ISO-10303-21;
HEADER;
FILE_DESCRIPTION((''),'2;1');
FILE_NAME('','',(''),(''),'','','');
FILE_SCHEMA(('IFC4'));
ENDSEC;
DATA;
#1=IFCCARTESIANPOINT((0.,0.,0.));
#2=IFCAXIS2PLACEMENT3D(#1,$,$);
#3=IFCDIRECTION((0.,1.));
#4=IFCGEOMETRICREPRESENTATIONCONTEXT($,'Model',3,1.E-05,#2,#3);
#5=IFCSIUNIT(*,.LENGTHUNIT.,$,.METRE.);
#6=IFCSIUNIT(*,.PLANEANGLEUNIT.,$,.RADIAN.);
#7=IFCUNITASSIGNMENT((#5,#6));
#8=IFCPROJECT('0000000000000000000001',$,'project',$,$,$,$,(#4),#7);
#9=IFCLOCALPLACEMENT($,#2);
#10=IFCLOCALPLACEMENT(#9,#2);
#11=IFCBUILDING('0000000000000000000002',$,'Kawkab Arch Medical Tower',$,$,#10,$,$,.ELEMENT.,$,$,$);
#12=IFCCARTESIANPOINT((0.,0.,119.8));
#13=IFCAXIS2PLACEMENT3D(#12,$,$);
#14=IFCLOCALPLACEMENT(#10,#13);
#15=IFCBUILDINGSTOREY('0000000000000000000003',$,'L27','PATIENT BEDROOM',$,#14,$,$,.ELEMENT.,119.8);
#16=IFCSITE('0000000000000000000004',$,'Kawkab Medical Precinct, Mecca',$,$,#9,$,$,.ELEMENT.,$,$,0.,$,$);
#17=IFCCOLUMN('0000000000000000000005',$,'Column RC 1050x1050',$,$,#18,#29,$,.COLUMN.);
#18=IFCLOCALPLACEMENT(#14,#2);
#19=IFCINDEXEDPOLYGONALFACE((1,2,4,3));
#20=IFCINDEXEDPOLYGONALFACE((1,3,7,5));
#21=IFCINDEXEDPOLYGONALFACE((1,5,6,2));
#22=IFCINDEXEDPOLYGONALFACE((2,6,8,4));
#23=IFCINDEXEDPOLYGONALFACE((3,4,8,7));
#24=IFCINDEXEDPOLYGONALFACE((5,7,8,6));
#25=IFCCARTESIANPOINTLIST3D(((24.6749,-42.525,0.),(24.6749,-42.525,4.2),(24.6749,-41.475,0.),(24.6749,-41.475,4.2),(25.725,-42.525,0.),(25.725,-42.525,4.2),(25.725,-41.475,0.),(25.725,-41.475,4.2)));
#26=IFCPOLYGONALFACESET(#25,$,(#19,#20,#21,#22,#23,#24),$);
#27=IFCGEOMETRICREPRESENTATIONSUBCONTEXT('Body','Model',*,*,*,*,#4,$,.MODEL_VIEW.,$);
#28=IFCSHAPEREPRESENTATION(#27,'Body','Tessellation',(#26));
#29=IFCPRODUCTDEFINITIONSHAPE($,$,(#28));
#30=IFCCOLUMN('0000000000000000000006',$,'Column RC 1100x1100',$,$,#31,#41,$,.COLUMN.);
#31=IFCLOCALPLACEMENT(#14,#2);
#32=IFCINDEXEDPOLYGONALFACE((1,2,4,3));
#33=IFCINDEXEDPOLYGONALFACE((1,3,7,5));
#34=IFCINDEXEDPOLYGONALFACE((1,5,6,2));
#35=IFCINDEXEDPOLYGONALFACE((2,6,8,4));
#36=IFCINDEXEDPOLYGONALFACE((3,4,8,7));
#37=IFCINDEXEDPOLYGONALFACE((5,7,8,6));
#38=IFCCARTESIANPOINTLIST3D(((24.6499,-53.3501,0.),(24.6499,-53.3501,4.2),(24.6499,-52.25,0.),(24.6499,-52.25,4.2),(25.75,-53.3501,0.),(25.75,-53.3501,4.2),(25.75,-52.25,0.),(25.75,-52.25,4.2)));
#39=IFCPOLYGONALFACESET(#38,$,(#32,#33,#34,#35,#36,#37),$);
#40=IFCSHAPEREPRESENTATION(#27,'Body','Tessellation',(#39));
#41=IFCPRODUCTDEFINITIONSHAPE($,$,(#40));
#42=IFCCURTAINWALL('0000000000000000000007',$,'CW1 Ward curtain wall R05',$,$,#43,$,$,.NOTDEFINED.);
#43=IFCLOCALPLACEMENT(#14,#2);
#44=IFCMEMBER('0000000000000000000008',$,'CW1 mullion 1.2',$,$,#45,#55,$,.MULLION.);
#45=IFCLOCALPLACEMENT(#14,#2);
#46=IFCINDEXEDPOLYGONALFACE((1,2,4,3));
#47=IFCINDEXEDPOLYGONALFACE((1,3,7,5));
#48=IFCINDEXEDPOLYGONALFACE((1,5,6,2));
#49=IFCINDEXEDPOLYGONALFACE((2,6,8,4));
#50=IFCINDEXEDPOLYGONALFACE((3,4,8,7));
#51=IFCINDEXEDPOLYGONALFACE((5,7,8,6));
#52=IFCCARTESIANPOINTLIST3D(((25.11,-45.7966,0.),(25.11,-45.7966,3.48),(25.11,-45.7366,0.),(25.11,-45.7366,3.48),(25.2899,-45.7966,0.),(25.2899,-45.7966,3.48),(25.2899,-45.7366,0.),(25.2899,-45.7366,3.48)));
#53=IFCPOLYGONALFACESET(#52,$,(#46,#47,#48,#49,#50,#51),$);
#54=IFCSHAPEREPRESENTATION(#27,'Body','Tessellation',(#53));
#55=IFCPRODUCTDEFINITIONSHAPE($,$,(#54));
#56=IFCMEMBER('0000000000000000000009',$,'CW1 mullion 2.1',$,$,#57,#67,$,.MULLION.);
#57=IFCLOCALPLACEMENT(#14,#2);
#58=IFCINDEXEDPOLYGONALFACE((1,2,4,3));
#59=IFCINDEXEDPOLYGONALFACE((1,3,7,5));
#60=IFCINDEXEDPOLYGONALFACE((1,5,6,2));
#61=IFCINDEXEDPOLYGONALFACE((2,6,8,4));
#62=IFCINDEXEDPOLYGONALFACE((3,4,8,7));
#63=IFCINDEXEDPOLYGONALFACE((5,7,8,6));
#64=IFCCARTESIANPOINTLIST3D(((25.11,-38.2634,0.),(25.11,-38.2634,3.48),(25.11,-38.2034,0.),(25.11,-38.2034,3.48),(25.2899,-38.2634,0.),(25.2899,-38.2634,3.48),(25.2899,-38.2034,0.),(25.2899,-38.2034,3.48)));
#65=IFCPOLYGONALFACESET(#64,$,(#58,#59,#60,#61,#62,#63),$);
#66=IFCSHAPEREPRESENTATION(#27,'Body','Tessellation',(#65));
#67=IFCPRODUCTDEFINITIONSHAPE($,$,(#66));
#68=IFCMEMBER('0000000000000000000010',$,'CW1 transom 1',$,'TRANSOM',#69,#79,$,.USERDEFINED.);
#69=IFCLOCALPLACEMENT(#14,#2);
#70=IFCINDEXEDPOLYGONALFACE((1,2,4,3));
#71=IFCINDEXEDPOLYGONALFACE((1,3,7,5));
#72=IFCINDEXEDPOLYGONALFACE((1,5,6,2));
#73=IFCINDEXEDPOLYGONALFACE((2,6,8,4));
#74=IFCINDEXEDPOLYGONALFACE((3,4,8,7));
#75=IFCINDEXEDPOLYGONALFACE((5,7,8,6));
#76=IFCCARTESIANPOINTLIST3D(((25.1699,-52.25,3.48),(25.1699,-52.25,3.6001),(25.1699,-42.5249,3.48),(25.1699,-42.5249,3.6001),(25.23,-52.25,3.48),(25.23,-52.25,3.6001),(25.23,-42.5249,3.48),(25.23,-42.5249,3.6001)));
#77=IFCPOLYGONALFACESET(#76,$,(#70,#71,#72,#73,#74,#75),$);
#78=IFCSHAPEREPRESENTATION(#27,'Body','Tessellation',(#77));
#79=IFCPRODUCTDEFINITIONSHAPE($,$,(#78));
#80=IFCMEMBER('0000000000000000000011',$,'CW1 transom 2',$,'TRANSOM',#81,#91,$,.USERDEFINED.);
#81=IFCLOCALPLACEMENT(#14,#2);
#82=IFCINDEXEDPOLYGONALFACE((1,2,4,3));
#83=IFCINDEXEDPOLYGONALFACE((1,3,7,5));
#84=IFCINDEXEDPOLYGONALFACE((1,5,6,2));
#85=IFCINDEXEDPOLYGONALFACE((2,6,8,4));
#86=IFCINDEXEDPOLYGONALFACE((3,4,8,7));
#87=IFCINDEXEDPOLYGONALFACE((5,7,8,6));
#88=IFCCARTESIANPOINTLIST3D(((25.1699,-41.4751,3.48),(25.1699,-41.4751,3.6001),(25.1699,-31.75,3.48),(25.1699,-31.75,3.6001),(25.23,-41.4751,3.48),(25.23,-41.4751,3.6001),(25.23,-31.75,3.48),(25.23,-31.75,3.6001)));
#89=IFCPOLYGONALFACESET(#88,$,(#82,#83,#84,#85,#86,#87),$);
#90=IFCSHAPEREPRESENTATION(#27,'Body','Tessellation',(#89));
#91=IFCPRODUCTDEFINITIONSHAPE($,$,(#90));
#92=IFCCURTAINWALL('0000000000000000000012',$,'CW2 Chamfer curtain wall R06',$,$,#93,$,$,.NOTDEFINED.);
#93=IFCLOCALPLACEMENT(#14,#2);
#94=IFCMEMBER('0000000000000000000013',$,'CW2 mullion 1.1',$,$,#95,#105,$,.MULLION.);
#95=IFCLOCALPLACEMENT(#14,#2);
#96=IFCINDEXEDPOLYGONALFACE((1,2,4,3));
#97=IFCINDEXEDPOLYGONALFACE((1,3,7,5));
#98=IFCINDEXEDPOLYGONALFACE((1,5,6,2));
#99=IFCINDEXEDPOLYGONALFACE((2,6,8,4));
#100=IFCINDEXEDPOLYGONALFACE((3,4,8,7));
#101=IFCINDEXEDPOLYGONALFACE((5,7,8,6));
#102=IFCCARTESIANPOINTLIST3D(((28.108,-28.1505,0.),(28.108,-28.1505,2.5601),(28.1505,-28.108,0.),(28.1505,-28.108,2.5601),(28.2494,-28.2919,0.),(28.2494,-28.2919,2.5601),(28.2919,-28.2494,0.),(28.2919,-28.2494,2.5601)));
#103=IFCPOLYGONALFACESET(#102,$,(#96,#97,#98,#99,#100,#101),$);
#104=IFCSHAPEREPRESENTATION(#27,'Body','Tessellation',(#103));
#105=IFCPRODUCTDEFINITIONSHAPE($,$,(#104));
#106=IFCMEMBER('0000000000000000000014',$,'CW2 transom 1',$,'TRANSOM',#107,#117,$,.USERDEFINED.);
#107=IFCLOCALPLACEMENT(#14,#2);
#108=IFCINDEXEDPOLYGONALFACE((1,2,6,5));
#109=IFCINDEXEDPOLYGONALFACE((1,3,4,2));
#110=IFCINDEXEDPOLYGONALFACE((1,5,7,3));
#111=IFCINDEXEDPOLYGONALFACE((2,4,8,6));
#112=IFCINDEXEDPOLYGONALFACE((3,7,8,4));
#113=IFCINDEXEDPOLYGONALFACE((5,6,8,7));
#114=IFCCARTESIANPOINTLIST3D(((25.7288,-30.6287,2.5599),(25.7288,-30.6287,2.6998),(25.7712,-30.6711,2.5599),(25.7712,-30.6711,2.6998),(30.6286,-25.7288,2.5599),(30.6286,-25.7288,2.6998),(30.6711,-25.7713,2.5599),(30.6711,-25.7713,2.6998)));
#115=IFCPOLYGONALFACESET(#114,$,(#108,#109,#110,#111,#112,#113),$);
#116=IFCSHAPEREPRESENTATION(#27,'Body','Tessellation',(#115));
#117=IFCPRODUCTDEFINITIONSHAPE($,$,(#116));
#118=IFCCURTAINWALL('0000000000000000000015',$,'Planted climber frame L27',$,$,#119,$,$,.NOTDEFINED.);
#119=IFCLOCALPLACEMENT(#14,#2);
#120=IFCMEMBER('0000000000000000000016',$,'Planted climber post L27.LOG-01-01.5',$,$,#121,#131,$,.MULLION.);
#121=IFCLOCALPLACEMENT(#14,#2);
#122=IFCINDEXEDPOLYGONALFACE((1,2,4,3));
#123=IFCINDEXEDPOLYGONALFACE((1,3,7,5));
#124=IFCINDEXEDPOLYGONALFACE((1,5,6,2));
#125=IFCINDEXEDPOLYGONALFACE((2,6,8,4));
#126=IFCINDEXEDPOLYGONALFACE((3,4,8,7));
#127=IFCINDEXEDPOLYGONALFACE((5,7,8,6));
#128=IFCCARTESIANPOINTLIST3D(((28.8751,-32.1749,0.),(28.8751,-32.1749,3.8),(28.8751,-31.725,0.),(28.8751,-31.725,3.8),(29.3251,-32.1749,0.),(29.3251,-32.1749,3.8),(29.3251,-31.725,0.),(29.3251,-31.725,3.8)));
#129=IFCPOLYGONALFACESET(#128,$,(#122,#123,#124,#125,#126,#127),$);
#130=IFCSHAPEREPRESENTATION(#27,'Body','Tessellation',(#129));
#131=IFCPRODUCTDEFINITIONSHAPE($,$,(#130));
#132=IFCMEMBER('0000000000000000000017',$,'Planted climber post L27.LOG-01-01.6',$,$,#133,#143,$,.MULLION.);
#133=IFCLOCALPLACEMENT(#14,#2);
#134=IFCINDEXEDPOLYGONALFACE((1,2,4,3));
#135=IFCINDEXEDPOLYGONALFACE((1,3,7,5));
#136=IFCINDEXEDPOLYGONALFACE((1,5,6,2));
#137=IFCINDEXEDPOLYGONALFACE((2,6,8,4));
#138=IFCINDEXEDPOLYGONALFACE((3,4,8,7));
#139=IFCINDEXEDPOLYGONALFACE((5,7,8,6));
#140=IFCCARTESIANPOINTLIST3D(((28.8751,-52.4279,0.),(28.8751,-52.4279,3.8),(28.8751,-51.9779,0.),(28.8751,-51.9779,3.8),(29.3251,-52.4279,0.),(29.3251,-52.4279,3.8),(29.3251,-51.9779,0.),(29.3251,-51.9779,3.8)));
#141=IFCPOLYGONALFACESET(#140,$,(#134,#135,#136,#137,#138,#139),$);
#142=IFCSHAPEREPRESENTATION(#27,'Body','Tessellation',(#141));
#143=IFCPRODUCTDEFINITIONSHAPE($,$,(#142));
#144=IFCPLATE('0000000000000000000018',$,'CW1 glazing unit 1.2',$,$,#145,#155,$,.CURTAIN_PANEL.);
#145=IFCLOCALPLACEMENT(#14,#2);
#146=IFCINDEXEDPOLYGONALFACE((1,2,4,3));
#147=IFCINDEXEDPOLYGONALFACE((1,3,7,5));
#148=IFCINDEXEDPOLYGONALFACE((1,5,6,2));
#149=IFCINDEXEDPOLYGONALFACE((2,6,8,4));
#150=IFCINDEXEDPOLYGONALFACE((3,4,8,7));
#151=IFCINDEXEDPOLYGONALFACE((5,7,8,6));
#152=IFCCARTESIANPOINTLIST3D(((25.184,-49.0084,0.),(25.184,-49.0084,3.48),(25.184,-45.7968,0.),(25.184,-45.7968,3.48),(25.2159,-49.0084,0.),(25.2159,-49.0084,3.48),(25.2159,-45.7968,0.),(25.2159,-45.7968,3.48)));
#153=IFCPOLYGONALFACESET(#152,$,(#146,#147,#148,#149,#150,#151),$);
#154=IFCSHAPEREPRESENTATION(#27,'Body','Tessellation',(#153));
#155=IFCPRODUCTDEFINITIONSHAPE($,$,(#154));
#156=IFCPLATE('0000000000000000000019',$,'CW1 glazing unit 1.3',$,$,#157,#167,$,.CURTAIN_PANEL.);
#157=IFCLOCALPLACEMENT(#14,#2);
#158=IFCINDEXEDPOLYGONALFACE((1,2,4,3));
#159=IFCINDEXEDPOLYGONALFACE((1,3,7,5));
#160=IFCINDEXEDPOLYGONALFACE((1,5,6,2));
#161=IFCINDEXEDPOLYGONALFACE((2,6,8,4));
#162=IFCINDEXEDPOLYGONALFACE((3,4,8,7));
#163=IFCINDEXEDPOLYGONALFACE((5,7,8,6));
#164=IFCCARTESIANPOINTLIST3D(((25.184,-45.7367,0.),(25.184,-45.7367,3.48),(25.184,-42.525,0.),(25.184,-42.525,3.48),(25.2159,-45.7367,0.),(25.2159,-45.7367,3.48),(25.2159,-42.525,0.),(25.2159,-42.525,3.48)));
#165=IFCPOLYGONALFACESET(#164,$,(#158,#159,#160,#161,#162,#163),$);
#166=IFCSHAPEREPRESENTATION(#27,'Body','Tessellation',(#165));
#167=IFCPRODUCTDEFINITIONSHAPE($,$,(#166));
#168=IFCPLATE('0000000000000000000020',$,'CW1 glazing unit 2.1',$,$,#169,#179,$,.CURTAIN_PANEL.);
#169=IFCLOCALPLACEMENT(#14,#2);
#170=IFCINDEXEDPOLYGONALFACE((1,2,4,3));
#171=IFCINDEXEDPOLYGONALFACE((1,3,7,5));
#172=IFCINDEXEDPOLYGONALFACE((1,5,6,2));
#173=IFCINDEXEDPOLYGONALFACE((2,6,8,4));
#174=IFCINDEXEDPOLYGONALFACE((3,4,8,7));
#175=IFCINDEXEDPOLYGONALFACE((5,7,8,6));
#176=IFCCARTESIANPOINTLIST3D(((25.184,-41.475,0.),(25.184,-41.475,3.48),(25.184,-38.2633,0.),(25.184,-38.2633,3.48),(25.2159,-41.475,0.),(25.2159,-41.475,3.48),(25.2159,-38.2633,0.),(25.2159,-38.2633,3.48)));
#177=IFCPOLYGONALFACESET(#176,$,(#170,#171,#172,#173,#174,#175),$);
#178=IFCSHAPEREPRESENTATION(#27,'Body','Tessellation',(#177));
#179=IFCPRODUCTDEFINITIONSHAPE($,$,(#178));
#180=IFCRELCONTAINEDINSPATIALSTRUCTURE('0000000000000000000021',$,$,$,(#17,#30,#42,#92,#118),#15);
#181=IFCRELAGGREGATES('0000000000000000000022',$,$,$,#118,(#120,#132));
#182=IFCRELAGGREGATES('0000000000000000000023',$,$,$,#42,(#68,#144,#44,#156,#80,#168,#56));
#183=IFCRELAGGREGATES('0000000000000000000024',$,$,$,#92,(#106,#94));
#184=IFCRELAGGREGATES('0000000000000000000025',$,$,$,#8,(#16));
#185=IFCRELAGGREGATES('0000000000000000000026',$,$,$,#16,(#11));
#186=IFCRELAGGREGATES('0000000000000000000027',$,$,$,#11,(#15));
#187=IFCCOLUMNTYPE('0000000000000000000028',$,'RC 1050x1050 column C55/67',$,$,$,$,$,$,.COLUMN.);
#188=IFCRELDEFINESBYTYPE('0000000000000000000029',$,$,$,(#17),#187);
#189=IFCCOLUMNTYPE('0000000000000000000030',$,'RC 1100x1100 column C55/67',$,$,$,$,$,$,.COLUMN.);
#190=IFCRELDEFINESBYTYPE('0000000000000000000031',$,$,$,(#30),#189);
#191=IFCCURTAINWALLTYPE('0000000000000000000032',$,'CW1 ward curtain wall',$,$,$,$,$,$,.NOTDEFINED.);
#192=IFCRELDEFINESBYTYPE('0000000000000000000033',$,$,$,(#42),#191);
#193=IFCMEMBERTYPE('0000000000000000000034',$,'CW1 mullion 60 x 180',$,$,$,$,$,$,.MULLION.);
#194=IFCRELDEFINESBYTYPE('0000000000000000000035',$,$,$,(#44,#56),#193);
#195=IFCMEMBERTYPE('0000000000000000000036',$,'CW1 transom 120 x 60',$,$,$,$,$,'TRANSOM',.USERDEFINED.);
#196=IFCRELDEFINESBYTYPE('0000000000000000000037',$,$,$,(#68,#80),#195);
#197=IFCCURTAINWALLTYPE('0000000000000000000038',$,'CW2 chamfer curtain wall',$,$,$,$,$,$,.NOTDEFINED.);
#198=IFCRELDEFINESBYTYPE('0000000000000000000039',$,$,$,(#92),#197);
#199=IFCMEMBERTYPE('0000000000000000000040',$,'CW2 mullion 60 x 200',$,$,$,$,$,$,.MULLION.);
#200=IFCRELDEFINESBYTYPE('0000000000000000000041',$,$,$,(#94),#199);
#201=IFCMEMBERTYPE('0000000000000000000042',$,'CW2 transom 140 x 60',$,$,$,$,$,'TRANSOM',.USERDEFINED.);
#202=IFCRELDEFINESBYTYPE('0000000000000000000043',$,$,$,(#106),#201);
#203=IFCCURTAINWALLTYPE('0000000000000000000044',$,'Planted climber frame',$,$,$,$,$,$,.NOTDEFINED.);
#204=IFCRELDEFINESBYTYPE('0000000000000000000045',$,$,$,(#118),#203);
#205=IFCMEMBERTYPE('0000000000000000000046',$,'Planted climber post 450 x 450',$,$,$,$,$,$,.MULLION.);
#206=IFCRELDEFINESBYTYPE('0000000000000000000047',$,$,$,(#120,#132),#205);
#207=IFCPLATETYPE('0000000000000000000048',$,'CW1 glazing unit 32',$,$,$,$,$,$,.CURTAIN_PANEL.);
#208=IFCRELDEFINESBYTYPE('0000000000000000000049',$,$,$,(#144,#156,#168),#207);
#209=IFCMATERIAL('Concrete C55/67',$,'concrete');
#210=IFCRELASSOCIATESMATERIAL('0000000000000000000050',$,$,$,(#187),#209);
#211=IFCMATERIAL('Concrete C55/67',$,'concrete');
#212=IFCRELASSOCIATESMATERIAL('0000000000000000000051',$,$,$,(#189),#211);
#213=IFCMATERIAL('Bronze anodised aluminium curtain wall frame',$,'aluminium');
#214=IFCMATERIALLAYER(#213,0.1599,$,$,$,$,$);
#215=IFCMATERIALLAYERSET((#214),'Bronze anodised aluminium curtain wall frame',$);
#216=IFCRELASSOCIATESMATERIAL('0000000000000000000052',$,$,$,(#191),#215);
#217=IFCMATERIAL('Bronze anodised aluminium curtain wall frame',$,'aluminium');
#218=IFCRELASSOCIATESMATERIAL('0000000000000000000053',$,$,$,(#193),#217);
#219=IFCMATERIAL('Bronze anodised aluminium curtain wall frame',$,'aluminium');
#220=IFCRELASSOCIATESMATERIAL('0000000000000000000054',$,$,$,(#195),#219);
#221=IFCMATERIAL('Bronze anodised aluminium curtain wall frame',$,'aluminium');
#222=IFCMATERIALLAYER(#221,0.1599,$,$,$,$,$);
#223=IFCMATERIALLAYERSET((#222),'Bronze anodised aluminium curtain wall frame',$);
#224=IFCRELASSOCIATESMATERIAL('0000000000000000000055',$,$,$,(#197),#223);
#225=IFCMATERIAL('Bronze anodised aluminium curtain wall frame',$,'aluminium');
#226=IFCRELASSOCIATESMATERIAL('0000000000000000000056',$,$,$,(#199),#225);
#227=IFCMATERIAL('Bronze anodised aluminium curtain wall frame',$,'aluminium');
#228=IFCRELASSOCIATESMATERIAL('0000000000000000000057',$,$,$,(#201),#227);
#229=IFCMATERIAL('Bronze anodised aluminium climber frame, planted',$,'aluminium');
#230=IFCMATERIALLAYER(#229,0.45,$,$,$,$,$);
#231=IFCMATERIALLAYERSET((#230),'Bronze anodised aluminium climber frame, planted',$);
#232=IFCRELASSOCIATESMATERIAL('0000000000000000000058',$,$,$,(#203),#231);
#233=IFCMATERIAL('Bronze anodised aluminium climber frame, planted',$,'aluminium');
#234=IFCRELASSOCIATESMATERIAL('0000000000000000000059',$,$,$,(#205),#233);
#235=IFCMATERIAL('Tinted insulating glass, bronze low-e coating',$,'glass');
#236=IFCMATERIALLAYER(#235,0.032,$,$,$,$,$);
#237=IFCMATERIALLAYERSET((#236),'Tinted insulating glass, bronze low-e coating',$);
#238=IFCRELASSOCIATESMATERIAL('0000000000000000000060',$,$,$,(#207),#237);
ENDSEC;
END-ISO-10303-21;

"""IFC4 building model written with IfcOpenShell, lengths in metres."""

from ifc_helpers import new_model, si_unit, direction, frame, origin, origin_2d, place, context, subcontext, project, spatial, rectangle, extrude, material, layer, layer_set, material_profile, profile_set, type_object, element, aggregate, save


model = new_model("IFC4")

# Units and contexts
model_context = context("Model", 3, precision=1e-05, world=origin(), true_north=direction((0.0, 1.0)))
body_context = subcontext(model_context, "Body", "Model", "MODEL_VIEW")
ifc_project = project(units=[si_unit("LENGTHUNIT", "METRE"), si_unit("PLANEANGLEUNIT", "RADIAN")], contexts=[model_context])

# Site, building, storey
site_placement = place(None, origin())
site = spatial("IfcSite", under=ifc_project, at=site_placement, Name="Kawkab Medical Precinct, Mecca", CompositionType="ELEMENT", RefElevation=0.0)
building_placement = place(site_placement, origin())
building = spatial("IfcBuilding", under=site, at=building_placement, Name="Kawkab Arch Medical Tower", CompositionType="ELEMENT")
storey_placement = place(building_placement, frame((0.0, 0.0, 119.8)))
storey = spatial("IfcBuildingStorey", under=building, at=storey_placement, Name="L27", Description="PATIENT BEDROOM", CompositionType="ELEMENT", Elevation=119.8)

# Columns
ifc_material_1 = material(Name="Concrete C55/67", Category="concrete")
ifc_material_profile_1 = material_profile(ifc_material_1, rectangle(XDim=1.05, YDim=1.05, at=origin_2d()), Name="RC 1050x1050")
ifc_profile_set_1 = profile_set([ifc_material_profile_1], Name="Concrete C55/67")
column_type_1 = type_object("IfcColumnType", Name="RC 1050x1050 column C55/67", PredefinedType="COLUMN", material=ifc_profile_set_1)
column_1_placement = place(storey_placement, frame((25.2, -42.0, 0.0), z_axis=(0.0, 0.0, 1.0), x_axis=(1.0, 0.0, 0.0)))
element("IfcColumn", 1, at=column_1_placement, inside=storey, type_object=column_type_1, Name="Column RC 1050x1050", PredefinedType="COLUMN", context=body_context, shape_type="SweptSolid", body=[
    extrude(rectangle(XDim=1.05, YDim=1.05, at=origin_2d()), origin(), (0.0, 0.0, 1.0), 4.2),
])
ifc_material_2 = material(Name="Concrete C55/67", Category="concrete")
ifc_material_profile_2 = material_profile(ifc_material_2, rectangle(XDim=1.1001, YDim=1.1001, at=origin_2d()), Name="RC 1100x1100")
ifc_profile_set_2 = profile_set([ifc_material_profile_2], Name="Concrete C55/67")
column_type_2 = type_object("IfcColumnType", Name="RC 1100x1100 column C55/67", PredefinedType="COLUMN", material=ifc_profile_set_2)
column_2_placement = place(storey_placement, frame((25.2, -52.8, 0.0), z_axis=(0.0, 0.0, 1.0), x_axis=(1.0, 0.0, 0.0)))
element("IfcColumn", 2, at=column_2_placement, inside=storey, type_object=column_type_2, Name="Column RC 1100x1100", PredefinedType="COLUMN", context=body_context, shape_type="SweptSolid", body=[
    extrude(rectangle(XDim=1.1001, YDim=1.1001, at=origin_2d()), origin(), (0.0, 0.0, 1.0), 4.2),
])

# Curtain walls, members
ifc_material_3 = material(Name="Bronze anodised aluminium curtain wall frame", Category="aluminium")
ifc_layer_1 = layer(ifc_material_3, 0.1599)
ifc_layer_set_1 = layer_set([ifc_layer_1], Name="Bronze anodised aluminium curtain wall frame")
curtain_wall_type_1 = type_object("IfcCurtainWallType", Name="CW1 ward curtain wall", PredefinedType="NOTDEFINED", material=ifc_layer_set_1)
placement = place(storey_placement, origin())
curtain_wall_1 = element("IfcCurtainWall", 3, at=placement, inside=storey, type_object=curtain_wall_type_1, Name="CW1 Ward curtain wall R05", PredefinedType="NOTDEFINED")
ifc_material_4 = material(Name="Bronze anodised aluminium curtain wall frame", Category="aluminium")
ifc_material_profile_3 = material_profile(ifc_material_4, rectangle(XDim=0.1799, YDim=0.0601, at=origin_2d()), Name="AL 60x180")
ifc_profile_set_3 = profile_set([ifc_material_profile_3], Name="Bronze anodised aluminium curtain wall frame")
member_type_1 = type_object("IfcMemberType", Name="CW1 mullion 60 x 180", PredefinedType="MULLION", material=ifc_profile_set_3)
member_1_placement = place(storey_placement, frame((25.2, -45.7666, 0.0), z_axis=(0.0, 0.0, 1.0), x_axis=(-1.0, 0.0, 0.0)))
member_1 = element("IfcMember", 4, at=member_1_placement, type_object=member_type_1, Name="CW1 mullion 1.2", PredefinedType="MULLION", context=body_context, shape_type="SweptSolid", body=[
    extrude(rectangle(XDim=0.1799, YDim=0.0601, at=origin_2d()), origin(), (0.0, 0.0, 1.0), 3.48),
])
member_2_placement = place(storey_placement, frame((25.2, -38.2334, 0.0), z_axis=(0.0, 0.0, 1.0), x_axis=(-1.0, 0.0, 0.0)))
member_2 = element("IfcMember", 5, at=member_2_placement, type_object=member_type_1, Name="CW1 mullion 2.1", PredefinedType="MULLION", context=body_context, shape_type="SweptSolid", body=[
    extrude(rectangle(XDim=0.1799, YDim=0.0601, at=origin_2d()), origin(), (0.0, 0.0, 1.0), 3.48),
])
ifc_material_5 = material(Name="Bronze anodised aluminium curtain wall frame", Category="aluminium")
ifc_material_profile_4 = material_profile(ifc_material_5, rectangle(XDim=0.0601, YDim=0.1201, at=origin_2d()), Name="AL 60x120")
ifc_profile_set_4 = profile_set([ifc_material_profile_4], Name="Bronze anodised aluminium curtain wall frame")
member_type_2 = type_object("IfcMemberType", Name="CW1 transom 120 x 60", ElementType="TRANSOM", PredefinedType="USERDEFINED", material=ifc_profile_set_4)
member_3_placement = place(storey_placement, frame((25.2, -52.25, 3.54), z_axis=(0.0, 1.0, 0.0), x_axis=(-1.0, 0.0, 0.0)))
member_3 = element("IfcMember", 6, at=member_3_placement, type_object=member_type_2, Name="CW1 transom 1", ObjectType="TRANSOM", PredefinedType="USERDEFINED", context=body_context, shape_type="SweptSolid", body=[
    extrude(rectangle(XDim=0.0601, YDim=0.1201, at=origin_2d()), origin(), (0.0, 0.0, 1.0), 9.7251),
])
member_4_placement = place(storey_placement, frame((25.2, -41.4751, 3.54), z_axis=(0.0, 1.0, 0.0), x_axis=(-1.0, 0.0, 0.0)))
member_4 = element("IfcMember", 7, at=member_4_placement, type_object=member_type_2, Name="CW1 transom 2", ObjectType="TRANSOM", PredefinedType="USERDEFINED", context=body_context, shape_type="SweptSolid", body=[
    extrude(rectangle(XDim=0.0601, YDim=0.1201, at=origin_2d()), origin(), (0.0, 0.0, 1.0), 9.7251),
])
ifc_material_6 = material(Name="Bronze anodised aluminium curtain wall frame", Category="aluminium")
ifc_layer_2 = layer(ifc_material_6, 0.1599)
ifc_layer_set_2 = layer_set([ifc_layer_2], Name="Bronze anodised aluminium curtain wall frame")
curtain_wall_type_2 = type_object("IfcCurtainWallType", Name="CW2 chamfer curtain wall", PredefinedType="NOTDEFINED", material=ifc_layer_set_2)
curtain_wall_2 = element("IfcCurtainWall", 8, at=placement, inside=storey, type_object=curtain_wall_type_2, Name="CW2 Chamfer curtain wall R06", PredefinedType="NOTDEFINED")
ifc_material_7 = material(Name="Bronze anodised aluminium curtain wall frame", Category="aluminium")
ifc_material_profile_5 = material_profile(ifc_material_7, rectangle(XDim=0.2, YDim=0.0601, at=origin_2d()), Name="AL 60x200")
ifc_profile_set_5 = profile_set([ifc_material_profile_5], Name="Bronze anodised aluminium curtain wall frame")
member_type_3 = type_object("IfcMemberType", Name="CW2 mullion 60 x 200", PredefinedType="MULLION", material=ifc_profile_set_5)
member_5_placement = place(storey_placement, frame((28.2, -28.2, 0.0), z_axis=(0.0, 0.0, 1.0), x_axis=(-0.707107, 0.707107, 0.0)))
member_5 = element("IfcMember", 9, at=member_5_placement, type_object=member_type_3, Name="CW2 mullion 1.1", PredefinedType="MULLION", context=body_context, shape_type="SweptSolid", body=[
    extrude(rectangle(XDim=0.2, YDim=0.0601, at=origin_2d()), origin(), (0.0, 0.0, 1.0), 2.5601),
])
ifc_material_8 = material(Name="Bronze anodised aluminium curtain wall frame", Category="aluminium")
ifc_material_profile_6 = material_profile(ifc_material_8, rectangle(XDim=0.0601, YDim=0.1399, at=origin_2d()), Name="AL 60x140")
ifc_profile_set_6 = profile_set([ifc_material_profile_6], Name="Bronze anodised aluminium curtain wall frame")
member_type_4 = type_object("IfcMemberType", Name="CW2 transom 140 x 60", ElementType="TRANSOM", PredefinedType="USERDEFINED", material=ifc_profile_set_6)
member_6_placement = place(storey_placement, frame((25.75, -30.6499, 2.6299), z_axis=(0.707107, 0.707107, 0.0), x_axis=(-0.707107, 0.707107, 0.0)))
member_6 = element("IfcMember", 10, at=member_6_placement, type_object=member_type_4, Name="CW2 transom 1", ObjectType="TRANSOM", PredefinedType="USERDEFINED", context=body_context, shape_type="SweptSolid", body=[
    extrude(rectangle(XDim=0.0601, YDim=0.1399, at=origin_2d()), origin(), (0.0, 0.0, 1.0), 6.9294),
])
ifc_material_9 = material(Name="Bronze anodised aluminium climber frame, planted", Category="aluminium")
ifc_layer_3 = layer(ifc_material_9, 0.45)
ifc_layer_set_3 = layer_set([ifc_layer_3], Name="Bronze anodised aluminium climber frame, planted")
curtain_wall_type_3 = type_object("IfcCurtainWallType", Name="Planted climber frame", PredefinedType="NOTDEFINED", material=ifc_layer_set_3)
curtain_wall_3 = element("IfcCurtainWall", 11, at=placement, inside=storey, type_object=curtain_wall_type_3, Name="Planted climber frame L27", PredefinedType="NOTDEFINED")
ifc_material_10 = material(Name="Bronze anodised aluminium climber frame, planted", Category="aluminium")
ifc_material_profile_7 = material_profile(ifc_material_10, rectangle(XDim=0.45, YDim=0.45, at=origin_2d()), Name="Post 450x450")
ifc_profile_set_7 = profile_set([ifc_material_profile_7], Name="Bronze anodised aluminium climber frame, planted")
member_type_5 = type_object("IfcMemberType", Name="Planted climber post 450 x 450", PredefinedType="MULLION", material=ifc_profile_set_7)
member_7_placement = place(storey_placement, frame((29.1001, -31.95, 0.0), z_axis=(0.0, 0.0, 1.0), x_axis=(1.0, 0.0, 0.0)))
member_7 = element("IfcMember", 12, at=member_7_placement, type_object=member_type_5, Name="Planted climber post L27.LOG-01-01.5", PredefinedType="MULLION", context=body_context, shape_type="SweptSolid", body=[
    extrude(rectangle(XDim=0.45, YDim=0.45, at=origin_2d()), origin(), (0.0, 0.0, 1.0), 3.8),
])
member_8_placement = place(storey_placement, frame((29.1001, -52.2029, 0.0), z_axis=(0.0, 0.0, 1.0), x_axis=(1.0, 0.0, 0.0)))
member_8 = element("IfcMember", 13, at=member_8_placement, type_object=member_type_5, Name="Planted climber post L27.LOG-01-01.6", PredefinedType="MULLION", context=body_context, shape_type="SweptSolid", body=[
    extrude(rectangle(XDim=0.45, YDim=0.45, at=origin_2d()), origin(), (0.0, 0.0, 1.0), 3.8),
])
aggregate(curtain_wall_3, [member_7, member_8])

# Plates
ifc_material_11 = material(Name="Tinted insulating glass, bronze low-e coating", Category="glass")
ifc_layer_4 = layer(ifc_material_11, 0.032)
ifc_layer_set_4 = layer_set([ifc_layer_4], Name="Tinted insulating glass, bronze low-e coating")
plate_type_1 = type_object("IfcPlateType", Name="CW1 glazing unit 32", PredefinedType="CURTAIN_PANEL", material=ifc_layer_set_4)
plate_1_placement = place(storey_placement, frame((25.2, -47.4026, 0.0), z_axis=(0.0, 0.0, 1.0), x_axis=(0.0, 1.0, 0.0)))
plate_1 = element("IfcPlate", 14, at=plate_1_placement, type_object=plate_type_1, Name="CW1 glazing unit 1.2", PredefinedType="CURTAIN_PANEL", context=body_context, shape_type="SweptSolid", body=[
    extrude(rectangle(XDim=3.2117, YDim=0.032, at=origin_2d()), origin(), (0.0, 0.0, 1.0), 3.48),
])
plate_2_placement = place(storey_placement, frame((25.2, -44.1309, 0.0), z_axis=(0.0, 0.0, 1.0), x_axis=(0.0, 1.0, 0.0)))
plate_2 = element("IfcPlate", 15, at=plate_2_placement, type_object=plate_type_1, Name="CW1 glazing unit 1.3", PredefinedType="CURTAIN_PANEL", context=body_context, shape_type="SweptSolid", body=[
    extrude(rectangle(XDim=3.2117, YDim=0.032, at=origin_2d()), origin(), (0.0, 0.0, 1.0), 3.48),
])
plate_3_placement = place(storey_placement, frame((25.2, -39.8691, 0.0), z_axis=(0.0, 0.0, 1.0), x_axis=(0.0, 1.0, 0.0)))
plate_3 = element("IfcPlate", 16, at=plate_3_placement, type_object=plate_type_1, Name="CW1 glazing unit 2.1", PredefinedType="CURTAIN_PANEL", context=body_context, shape_type="SweptSolid", body=[
    extrude(rectangle(XDim=3.2117, YDim=0.032, at=origin_2d()), origin(), (0.0, 0.0, 1.0), 3.48),
])
aggregate(curtain_wall_1, [member_3, plate_1, member_1, plate_2, member_4, plate_3, member_2])
aggregate(curtain_wall_2, [member_6, member_5])

save(model, "model.ifc")
